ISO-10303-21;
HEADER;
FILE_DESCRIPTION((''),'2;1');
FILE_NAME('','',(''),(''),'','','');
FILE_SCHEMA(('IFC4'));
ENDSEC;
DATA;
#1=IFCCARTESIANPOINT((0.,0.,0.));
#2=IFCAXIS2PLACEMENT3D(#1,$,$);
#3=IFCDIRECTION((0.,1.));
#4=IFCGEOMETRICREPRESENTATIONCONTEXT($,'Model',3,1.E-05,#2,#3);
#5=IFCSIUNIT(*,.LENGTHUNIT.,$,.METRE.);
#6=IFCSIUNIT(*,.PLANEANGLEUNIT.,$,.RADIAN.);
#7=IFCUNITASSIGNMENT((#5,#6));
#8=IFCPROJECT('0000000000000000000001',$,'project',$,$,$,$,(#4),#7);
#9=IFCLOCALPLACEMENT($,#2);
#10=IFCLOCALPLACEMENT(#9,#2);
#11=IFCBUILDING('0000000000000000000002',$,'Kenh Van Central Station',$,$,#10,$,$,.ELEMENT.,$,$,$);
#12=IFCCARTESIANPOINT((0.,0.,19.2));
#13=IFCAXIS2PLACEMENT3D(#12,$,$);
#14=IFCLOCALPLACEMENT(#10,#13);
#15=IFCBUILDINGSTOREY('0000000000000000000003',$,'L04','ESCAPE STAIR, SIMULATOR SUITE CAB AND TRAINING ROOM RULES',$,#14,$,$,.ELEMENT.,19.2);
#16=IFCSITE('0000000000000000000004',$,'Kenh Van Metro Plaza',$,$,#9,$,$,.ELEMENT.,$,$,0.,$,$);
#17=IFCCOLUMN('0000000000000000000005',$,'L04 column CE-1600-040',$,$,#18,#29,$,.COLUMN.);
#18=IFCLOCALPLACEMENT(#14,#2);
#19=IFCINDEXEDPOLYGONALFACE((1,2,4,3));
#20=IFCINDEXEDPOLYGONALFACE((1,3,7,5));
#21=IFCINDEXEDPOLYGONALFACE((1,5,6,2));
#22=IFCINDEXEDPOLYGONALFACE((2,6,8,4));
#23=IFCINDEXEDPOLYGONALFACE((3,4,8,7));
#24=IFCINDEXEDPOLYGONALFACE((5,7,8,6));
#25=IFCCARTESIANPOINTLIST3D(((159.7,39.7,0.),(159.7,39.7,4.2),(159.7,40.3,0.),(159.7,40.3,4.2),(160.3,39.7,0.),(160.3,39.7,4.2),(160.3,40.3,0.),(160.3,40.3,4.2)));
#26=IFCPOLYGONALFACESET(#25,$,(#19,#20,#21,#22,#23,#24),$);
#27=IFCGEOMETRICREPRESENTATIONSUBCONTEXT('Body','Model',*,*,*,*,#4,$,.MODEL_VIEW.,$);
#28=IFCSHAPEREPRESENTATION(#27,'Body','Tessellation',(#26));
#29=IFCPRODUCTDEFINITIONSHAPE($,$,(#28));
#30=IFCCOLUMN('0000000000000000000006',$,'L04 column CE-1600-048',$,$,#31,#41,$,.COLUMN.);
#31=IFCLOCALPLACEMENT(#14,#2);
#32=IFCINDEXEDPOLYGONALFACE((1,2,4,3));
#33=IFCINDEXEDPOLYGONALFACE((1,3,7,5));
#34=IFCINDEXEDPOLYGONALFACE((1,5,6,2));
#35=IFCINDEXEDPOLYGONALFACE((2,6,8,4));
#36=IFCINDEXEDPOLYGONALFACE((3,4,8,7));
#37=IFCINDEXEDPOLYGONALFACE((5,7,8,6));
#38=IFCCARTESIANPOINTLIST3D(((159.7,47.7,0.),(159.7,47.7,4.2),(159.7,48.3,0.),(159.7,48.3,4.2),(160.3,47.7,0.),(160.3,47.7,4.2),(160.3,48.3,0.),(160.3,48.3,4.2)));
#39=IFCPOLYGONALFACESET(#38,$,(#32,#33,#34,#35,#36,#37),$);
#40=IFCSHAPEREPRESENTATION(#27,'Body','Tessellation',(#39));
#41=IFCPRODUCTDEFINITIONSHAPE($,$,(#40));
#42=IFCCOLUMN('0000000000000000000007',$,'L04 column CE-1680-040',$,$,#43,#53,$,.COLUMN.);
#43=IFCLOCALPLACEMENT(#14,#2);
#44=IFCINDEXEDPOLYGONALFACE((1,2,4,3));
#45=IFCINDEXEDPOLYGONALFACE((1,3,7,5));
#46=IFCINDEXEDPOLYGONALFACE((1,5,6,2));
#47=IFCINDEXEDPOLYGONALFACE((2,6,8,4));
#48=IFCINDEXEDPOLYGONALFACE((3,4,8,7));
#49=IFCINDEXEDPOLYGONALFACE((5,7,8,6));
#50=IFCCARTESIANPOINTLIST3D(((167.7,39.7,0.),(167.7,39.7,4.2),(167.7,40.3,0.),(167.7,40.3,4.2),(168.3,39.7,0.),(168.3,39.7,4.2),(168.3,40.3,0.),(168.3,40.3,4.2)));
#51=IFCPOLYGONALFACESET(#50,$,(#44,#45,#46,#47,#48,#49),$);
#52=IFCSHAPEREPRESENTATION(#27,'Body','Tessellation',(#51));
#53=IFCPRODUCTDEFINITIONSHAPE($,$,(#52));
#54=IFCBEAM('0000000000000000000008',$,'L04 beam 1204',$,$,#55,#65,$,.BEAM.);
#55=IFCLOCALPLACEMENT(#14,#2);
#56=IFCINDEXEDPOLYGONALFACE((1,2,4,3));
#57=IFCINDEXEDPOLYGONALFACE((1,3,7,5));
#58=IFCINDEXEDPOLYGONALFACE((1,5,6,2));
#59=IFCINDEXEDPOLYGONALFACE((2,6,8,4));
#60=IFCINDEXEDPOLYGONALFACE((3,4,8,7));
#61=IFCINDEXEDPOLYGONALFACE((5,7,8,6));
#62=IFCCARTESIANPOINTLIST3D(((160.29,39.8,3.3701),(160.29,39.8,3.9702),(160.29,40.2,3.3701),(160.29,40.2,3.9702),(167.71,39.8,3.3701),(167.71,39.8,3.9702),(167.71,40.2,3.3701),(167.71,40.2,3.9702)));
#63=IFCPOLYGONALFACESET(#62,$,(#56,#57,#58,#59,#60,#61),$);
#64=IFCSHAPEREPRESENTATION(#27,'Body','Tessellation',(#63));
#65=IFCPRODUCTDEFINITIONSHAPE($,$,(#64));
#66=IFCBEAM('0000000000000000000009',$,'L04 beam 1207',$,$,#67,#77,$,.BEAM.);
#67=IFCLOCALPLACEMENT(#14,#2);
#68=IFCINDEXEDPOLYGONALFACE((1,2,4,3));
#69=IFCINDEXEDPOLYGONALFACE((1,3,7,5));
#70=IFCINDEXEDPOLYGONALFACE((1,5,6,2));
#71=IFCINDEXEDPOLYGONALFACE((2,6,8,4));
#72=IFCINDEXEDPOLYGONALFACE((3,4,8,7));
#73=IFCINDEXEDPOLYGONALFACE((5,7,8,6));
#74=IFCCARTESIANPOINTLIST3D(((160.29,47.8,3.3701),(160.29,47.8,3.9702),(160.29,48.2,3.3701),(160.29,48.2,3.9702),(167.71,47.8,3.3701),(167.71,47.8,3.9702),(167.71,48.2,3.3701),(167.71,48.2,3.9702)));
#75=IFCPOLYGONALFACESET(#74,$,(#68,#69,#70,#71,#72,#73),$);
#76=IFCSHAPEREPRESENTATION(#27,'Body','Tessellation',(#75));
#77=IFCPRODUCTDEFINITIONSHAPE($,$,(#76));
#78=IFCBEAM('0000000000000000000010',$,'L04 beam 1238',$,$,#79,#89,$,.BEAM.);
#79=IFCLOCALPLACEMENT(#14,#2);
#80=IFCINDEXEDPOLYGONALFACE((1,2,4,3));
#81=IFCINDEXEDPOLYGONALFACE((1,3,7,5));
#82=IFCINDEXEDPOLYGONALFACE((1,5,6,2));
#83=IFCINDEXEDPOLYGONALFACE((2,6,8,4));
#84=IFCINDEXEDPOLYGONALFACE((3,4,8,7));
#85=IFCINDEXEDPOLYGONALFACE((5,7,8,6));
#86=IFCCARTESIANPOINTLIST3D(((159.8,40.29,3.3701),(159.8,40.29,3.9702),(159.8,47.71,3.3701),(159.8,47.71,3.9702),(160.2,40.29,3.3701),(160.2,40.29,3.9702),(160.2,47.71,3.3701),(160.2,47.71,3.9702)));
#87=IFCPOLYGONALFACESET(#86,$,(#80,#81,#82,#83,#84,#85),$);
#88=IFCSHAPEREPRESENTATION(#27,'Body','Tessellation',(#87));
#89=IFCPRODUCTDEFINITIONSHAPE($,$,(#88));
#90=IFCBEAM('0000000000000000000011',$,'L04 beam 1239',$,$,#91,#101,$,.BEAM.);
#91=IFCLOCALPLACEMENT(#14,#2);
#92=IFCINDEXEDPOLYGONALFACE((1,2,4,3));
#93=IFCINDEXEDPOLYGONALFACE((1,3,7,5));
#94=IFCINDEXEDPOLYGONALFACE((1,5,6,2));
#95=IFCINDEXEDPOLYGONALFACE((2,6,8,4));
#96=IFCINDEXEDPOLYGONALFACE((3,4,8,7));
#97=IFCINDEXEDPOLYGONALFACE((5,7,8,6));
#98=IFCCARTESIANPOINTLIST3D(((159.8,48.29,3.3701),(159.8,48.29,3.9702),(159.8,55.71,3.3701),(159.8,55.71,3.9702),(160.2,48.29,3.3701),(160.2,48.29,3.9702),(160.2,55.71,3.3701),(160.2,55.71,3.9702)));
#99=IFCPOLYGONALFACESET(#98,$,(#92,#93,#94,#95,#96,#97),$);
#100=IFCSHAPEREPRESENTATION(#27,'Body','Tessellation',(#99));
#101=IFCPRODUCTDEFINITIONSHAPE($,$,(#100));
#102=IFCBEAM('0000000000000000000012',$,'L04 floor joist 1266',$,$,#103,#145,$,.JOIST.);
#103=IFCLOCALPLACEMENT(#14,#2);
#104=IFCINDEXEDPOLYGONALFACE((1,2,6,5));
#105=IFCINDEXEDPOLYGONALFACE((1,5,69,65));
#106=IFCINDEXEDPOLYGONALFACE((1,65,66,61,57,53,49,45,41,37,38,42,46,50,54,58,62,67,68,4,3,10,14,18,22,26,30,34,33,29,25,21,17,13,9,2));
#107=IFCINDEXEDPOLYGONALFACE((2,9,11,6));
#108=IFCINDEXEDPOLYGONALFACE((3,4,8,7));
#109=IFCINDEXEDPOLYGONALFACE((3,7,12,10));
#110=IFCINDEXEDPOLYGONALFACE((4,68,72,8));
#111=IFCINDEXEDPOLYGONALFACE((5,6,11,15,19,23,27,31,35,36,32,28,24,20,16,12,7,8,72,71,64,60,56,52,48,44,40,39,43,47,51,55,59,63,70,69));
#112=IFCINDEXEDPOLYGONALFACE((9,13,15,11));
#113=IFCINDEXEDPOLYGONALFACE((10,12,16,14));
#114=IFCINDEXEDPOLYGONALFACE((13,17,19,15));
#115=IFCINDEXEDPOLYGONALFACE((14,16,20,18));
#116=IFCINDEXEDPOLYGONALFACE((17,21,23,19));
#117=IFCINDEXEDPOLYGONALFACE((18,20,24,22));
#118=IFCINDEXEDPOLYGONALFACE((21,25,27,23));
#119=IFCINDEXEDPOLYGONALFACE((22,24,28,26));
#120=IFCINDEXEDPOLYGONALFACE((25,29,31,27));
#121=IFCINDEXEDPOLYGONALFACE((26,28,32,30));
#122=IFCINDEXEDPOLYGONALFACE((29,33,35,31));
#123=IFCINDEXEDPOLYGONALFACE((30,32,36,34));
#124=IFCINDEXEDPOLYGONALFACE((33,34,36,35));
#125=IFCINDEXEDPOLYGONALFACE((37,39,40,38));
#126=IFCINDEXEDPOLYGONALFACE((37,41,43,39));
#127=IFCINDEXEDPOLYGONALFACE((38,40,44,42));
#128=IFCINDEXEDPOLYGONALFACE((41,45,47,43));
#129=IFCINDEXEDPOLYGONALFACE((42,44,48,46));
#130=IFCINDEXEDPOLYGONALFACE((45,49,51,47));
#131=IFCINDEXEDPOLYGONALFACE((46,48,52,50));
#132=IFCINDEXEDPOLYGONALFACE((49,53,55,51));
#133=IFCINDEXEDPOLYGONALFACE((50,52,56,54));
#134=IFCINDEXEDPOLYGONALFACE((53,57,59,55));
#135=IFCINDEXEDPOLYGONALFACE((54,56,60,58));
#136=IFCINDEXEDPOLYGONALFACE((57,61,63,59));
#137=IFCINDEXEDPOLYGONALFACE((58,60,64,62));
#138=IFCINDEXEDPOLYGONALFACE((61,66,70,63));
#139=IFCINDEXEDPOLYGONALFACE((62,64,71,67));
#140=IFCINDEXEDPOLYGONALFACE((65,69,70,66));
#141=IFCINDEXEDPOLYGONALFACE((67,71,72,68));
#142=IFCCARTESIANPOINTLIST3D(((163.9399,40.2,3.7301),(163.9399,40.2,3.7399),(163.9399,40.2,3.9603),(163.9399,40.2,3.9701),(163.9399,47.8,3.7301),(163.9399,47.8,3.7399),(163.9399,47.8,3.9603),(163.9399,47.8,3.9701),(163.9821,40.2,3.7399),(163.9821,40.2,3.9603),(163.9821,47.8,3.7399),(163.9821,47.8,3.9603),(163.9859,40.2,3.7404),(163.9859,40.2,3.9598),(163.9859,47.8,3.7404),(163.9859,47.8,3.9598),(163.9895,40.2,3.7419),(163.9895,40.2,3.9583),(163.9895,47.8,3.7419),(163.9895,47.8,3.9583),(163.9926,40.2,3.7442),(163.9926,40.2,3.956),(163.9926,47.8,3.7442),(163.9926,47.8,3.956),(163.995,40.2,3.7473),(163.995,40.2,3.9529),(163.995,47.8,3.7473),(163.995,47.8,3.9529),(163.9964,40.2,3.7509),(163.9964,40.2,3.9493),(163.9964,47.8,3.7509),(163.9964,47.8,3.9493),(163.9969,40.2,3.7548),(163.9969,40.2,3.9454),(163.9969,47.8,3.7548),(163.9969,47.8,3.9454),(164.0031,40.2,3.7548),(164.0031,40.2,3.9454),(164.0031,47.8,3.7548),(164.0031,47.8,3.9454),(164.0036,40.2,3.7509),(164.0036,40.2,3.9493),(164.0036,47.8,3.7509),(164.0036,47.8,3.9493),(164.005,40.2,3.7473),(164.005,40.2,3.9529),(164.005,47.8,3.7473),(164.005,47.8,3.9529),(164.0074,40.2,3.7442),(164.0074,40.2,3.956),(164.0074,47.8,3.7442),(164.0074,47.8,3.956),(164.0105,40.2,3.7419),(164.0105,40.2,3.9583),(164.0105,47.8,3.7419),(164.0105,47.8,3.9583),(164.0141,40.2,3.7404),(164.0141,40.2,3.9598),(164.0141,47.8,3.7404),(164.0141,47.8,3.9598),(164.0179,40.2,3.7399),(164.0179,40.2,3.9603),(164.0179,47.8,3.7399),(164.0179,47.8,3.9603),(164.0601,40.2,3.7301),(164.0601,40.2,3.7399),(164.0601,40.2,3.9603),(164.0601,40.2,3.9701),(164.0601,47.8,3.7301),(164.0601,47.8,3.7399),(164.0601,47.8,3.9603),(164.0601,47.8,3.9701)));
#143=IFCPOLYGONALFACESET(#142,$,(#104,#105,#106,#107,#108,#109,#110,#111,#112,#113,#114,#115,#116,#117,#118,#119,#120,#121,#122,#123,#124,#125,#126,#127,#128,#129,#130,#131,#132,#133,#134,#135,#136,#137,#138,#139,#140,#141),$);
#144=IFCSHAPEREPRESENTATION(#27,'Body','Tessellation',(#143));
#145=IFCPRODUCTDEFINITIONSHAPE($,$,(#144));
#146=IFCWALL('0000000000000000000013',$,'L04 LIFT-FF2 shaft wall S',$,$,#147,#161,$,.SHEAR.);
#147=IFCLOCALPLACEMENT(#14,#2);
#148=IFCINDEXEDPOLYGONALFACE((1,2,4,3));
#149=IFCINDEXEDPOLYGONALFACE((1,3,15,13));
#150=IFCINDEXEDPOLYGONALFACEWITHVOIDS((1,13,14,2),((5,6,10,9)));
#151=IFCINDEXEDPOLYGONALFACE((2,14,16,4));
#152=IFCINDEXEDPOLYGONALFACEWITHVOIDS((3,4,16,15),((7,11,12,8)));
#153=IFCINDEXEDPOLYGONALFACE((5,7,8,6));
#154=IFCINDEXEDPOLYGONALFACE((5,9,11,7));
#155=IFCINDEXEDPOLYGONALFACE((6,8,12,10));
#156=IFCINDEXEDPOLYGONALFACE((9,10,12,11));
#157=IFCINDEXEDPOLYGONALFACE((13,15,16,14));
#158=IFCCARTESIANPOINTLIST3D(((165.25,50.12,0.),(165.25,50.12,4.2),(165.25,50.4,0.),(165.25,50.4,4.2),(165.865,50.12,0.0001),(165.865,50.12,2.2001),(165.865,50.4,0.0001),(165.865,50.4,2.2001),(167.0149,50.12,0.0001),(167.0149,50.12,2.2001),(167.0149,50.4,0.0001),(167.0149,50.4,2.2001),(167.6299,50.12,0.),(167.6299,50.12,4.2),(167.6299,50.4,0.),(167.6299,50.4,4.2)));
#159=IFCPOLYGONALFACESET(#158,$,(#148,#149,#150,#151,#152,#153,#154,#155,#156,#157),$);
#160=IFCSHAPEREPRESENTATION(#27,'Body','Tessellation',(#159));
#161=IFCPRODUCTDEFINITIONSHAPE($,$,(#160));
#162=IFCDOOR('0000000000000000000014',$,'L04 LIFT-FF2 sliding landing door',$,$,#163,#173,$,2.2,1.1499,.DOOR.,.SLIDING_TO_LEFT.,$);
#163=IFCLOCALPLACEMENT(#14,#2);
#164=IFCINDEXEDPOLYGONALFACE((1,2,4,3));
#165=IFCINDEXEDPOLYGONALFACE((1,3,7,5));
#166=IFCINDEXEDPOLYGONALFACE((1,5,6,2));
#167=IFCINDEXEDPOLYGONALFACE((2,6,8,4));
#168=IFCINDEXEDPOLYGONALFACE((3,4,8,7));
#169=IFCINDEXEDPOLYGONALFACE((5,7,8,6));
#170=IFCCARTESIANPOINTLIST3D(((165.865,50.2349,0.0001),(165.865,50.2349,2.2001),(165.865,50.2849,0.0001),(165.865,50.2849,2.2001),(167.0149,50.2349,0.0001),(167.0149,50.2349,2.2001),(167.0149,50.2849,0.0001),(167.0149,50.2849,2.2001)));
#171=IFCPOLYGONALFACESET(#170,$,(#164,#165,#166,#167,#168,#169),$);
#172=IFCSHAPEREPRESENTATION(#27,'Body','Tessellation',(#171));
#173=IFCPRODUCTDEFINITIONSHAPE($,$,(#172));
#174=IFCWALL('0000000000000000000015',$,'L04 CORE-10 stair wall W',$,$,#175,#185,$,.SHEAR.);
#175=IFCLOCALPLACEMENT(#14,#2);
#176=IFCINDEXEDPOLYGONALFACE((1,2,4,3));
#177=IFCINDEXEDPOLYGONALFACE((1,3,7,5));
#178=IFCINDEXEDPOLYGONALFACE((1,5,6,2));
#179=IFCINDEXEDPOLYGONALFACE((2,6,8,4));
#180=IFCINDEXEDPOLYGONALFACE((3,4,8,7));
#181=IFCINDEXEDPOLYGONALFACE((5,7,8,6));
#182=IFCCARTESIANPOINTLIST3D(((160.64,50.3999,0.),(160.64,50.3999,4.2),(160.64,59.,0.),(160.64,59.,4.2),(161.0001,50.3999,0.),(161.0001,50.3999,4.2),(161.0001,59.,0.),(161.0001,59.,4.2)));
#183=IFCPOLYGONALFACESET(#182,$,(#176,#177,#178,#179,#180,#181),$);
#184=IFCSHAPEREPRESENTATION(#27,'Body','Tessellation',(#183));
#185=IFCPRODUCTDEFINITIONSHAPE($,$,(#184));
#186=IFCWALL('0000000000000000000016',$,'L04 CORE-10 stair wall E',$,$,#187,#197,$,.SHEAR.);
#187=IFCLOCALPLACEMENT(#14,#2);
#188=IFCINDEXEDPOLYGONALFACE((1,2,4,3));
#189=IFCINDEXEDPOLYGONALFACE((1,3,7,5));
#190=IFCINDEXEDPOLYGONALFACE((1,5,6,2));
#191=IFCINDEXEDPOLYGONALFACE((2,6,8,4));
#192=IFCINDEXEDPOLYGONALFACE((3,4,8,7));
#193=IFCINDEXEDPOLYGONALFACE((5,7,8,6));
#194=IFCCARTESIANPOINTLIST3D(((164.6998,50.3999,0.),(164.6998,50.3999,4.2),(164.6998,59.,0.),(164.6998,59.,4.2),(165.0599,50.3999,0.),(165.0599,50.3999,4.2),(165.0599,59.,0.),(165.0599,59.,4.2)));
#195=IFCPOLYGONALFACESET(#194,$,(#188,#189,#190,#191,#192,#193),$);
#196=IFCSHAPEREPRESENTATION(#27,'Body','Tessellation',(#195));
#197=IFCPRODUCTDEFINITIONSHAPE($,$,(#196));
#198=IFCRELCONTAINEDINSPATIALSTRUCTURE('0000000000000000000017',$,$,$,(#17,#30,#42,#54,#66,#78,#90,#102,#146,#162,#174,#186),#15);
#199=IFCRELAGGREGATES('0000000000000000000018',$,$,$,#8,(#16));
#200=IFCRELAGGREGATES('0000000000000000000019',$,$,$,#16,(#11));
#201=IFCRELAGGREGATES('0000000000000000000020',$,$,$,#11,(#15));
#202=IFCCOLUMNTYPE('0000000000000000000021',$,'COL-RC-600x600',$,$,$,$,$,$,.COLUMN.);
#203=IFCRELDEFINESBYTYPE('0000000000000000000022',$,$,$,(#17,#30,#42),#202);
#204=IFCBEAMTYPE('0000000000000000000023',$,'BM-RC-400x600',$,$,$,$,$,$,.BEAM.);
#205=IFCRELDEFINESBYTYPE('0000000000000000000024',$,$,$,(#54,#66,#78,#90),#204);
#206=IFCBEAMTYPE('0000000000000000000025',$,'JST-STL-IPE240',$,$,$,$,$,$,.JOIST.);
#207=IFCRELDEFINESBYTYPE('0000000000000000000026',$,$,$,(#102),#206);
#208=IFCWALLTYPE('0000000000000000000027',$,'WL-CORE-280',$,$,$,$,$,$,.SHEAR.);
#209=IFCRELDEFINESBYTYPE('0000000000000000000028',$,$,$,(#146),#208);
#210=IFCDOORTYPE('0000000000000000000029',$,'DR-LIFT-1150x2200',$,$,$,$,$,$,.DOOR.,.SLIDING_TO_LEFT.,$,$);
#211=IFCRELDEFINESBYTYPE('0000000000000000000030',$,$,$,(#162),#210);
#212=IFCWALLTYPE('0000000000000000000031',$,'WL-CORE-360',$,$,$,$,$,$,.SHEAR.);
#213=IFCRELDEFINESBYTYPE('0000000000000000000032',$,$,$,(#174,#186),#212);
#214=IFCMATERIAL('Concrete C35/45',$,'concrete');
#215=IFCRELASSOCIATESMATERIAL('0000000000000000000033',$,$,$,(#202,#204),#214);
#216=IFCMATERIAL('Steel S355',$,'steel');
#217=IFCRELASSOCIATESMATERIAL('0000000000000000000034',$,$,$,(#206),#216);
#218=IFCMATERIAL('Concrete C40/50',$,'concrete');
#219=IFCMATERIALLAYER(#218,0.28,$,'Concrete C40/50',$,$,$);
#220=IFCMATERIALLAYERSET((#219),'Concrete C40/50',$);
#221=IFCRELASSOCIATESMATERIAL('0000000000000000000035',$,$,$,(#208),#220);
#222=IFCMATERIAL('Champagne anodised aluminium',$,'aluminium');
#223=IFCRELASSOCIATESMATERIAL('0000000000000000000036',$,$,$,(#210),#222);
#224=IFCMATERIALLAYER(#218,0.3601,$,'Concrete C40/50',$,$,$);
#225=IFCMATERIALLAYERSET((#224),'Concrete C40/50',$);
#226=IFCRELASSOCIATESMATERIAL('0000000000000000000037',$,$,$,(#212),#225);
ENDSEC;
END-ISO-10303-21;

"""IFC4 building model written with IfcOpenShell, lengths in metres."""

from ifc_helpers import new_model, si_unit, direction, frame, frame_2d, origin, origin_2d, place, context, subcontext, project, spatial, rectangle, i_section, extrude, material, layer, layer_set, material_profile, profile_set, type_object, element, fill, save


model = new_model("IFC4")

# Units and contexts
model_context = context("Model", 3, precision=1e-05, world=origin(), true_north=direction((0.0, 1.0)))
body_context = subcontext(model_context, "Body", "Model", "MODEL_VIEW")
ifc_project = project(units=[si_unit("LENGTHUNIT", "METRE"), si_unit("PLANEANGLEUNIT", "RADIAN")], contexts=[model_context])

# Site, building, storey
site_placement = place(None, origin())
site = spatial("IfcSite", under=ifc_project, at=site_placement, Name="Kenh Van Metro Plaza", CompositionType="ELEMENT", RefElevation=0.0)
building_placement = place(site_placement, origin())
building = spatial("IfcBuilding", under=site, at=building_placement, Name="Kenh Van Central Station", CompositionType="ELEMENT")
storey_placement = place(building_placement, frame((0.0, 0.0, 19.2)))
storey = spatial("IfcBuildingStorey", under=building, at=storey_placement, Name="L04", Description="ESCAPE STAIR, SIMULATOR SUITE CAB AND TRAINING ROOM RULES", CompositionType="ELEMENT", Elevation=19.2)

# Columns
ifc_material_1 = material(Name="Concrete C35/45", Category="concrete")
ifc_material_profile_1 = material_profile(ifc_material_1, rectangle(XDim=0.6001, YDim=0.6001, at=origin_2d()), Name="RC 600x600")
ifc_profile_set_1 = profile_set([ifc_material_profile_1], Name="Concrete C35/45")
column_type = type_object("IfcColumnType", Name="COL-RC-600x600", PredefinedType="COLUMN", material=ifc_profile_set_1)
for number, where, z_axis, x_axis, name in (
    (1, (160.0, 40.0, 0.0), (0.0, 0.0, 1.0), (1.0, 0.0, 0.0), "L04 column CE-1600-040"),
    (2, (160.0, 48.0, 0.0), (0.0, 0.0, 1.0), (1.0, 0.0, 0.0), "L04 column CE-1600-048"),
    (3, (168.0, 40.0, 0.0), (0.0, 0.0, 1.0), (1.0, 0.0, 0.0), "L04 column CE-1680-040"),
):
    element("IfcColumn", number, at=place(storey_placement, frame(where, z_axis=z_axis, x_axis=x_axis)), inside=storey, type_object=column_type, Name=name, PredefinedType="COLUMN", context=body_context, shape_type="SweptSolid", body=[
        extrude(rectangle(XDim=0.6001, YDim=0.6001, at=origin_2d()), origin(), (0.0, 0.0, 1.0), 4.2),
    ])

# Beams
ifc_material_profile_2 = material_profile(ifc_material_1, rectangle(XDim=0.3999, YDim=0.6001, at=origin_2d()), Name="RC 400x600")
ifc_profile_set_2 = profile_set([ifc_material_profile_2], Name="Concrete C35/45")
beam_type_1 = type_object("IfcBeamType", Name="BM-RC-400x600", PredefinedType="BEAM", material=ifc_profile_set_2)
for number, where, z_axis, x_axis, name in (
    (4, (160.29, 40.0, 3.6702), (1.0, 0.0, 0.0), (0.0, 1.0, 0.0), "L04 beam 1204"),
    (5, (160.29, 48.0, 3.6702), (1.0, 0.0, 0.0), (0.0, 1.0, 0.0), "L04 beam 1207"),
    (6, (160.0, 40.29, 3.6702), (0.0, 1.0, 0.0), (-1.0, 0.0, 0.0), "L04 beam 1238"),
    (7, (160.0, 48.29, 3.6702), (0.0, 1.0, 0.0), (-1.0, 0.0, 0.0), "L04 beam 1239"),
):
    element("IfcBeam", number, at=place(storey_placement, frame(where, z_axis=z_axis, x_axis=x_axis)), inside=storey, type_object=beam_type_1, Name=name, PredefinedType="BEAM", context=body_context, shape_type="SweptSolid", body=[
        extrude(rectangle(XDim=0.3999, YDim=0.6001, at=origin_2d()), origin(), (0.0, 0.0, 1.0), 7.4199),
    ])
ifc_material_2 = material(Name="Steel S355", Category="steel")
ifc_material_profile_3 = material_profile(ifc_material_2, i_section(OverallWidth=0.1201, OverallDepth=0.24, WebThickness=0.0061, FlangeThickness=0.0098, FilletRadius=0.0149, at=origin_2d()), Name="IPE 240")
ifc_profile_set_3 = profile_set([ifc_material_profile_3], Name="Steel S355")
beam_type_2 = type_object("IfcBeamType", Name="JST-STL-IPE240", PredefinedType="JOIST", material=ifc_profile_set_3)
beam_placement = place(storey_placement, frame((164.0, 40.2, 3.8501), z_axis=(0.0, 1.0, 0.0), x_axis=(-1.0, 0.0, 0.0)))
element("IfcBeam", 8, at=beam_placement, inside=storey, type_object=beam_type_2, Name="L04 floor joist 1266", PredefinedType="JOIST", context=body_context, shape_type="SweptSolid", body=[
    extrude(i_section(OverallWidth=0.1201, OverallDepth=0.24, WebThickness=0.0061, FlangeThickness=0.0098, FilletRadius=0.0149, at=origin_2d()), origin(), (0.0, 0.0, 1.0), 7.6001),
])

# Wall, opening, door
ifc_material_3 = material(Name="Concrete C40/50", Category="concrete")
ifc_layer_1 = layer(ifc_material_3, 0.28, Name="Concrete C40/50")
ifc_layer_set_1 = layer_set([ifc_layer_1], Name="Concrete C40/50")
wall_type_1 = type_object("IfcWallType", Name="WL-CORE-280", PredefinedType="SHEAR", material=ifc_layer_set_1)
wall_1_placement = place(storey_placement, frame((165.25, 50.26, 0.0), z_axis=(0.0, 0.0, 1.0), x_axis=(1.0, 0.0, 0.0)))
wall_1 = element("IfcWall", 9, at=wall_1_placement, inside=storey, type_object=wall_type_1, Name="L04 LIFT-FF2 shaft wall S", PredefinedType="SHEAR", context=body_context, shape_type="SweptSolid", body=[
    extrude(rectangle(XDim=2.3799, YDim=0.28, at=frame_2d((1.1899, 0.0))), origin(), (0.0, 0.0, 1.0), 4.2),
])
opening_1_placement = place(wall_1_placement, frame((0.615, 0.0, 0.0)))
opening_1 = element("IfcOpeningElement", 10, at=opening_1_placement, cuts=wall_1, PredefinedType="OPENING", context=body_context, shape_type="SweptSolid", body=[
    extrude(rectangle(XDim=1.1499, YDim=2.2, at=frame_2d((0.575, 1.1001))), frame((0.0, 0.1499, 0.0), z_axis=(0.0, -1.0, 0.0), x_axis=(1.0, 0.0, 0.0)), (0.0, 0.0, 1.0), 0.3),
])
ifc_material_4 = material(Name="Champagne anodised aluminium", Category="aluminium")
door_type_1 = type_object("IfcDoorType", Name="DR-LIFT-1150x2200", OperationType="SLIDING_TO_LEFT", PredefinedType="DOOR", material=ifc_material_4)
door_1_placement = place(opening_1_placement, origin())
door_1 = element("IfcDoor", 11, at=door_1_placement, inside=storey, type_object=door_type_1, Name="L04 LIFT-FF2 sliding landing door", OperationType="SLIDING_TO_LEFT", OverallHeight=2.2, OverallWidth=1.1499, PredefinedType="DOOR", context=body_context, shape_type="SweptSolid", body=[
    extrude(rectangle(XDim=1.1499, YDim=2.2, at=frame_2d((0.575, 1.1001))), frame((0.0, 0.0249, 0.0), z_axis=(0.0, -1.0, 0.0), x_axis=(1.0, 0.0, 0.0)), (0.0, 0.0, 1.0), 0.05),
])
fill(opening_1, door_1)
ifc_layer_2 = layer(ifc_material_3, 0.3601, Name="Concrete C40/50")
ifc_layer_set_2 = layer_set([ifc_layer_2], Name="Concrete C40/50")
wall_type_2 = type_object("IfcWallType", Name="WL-CORE-360", PredefinedType="SHEAR", material=ifc_layer_set_2)

# Walls
for number, where, z_axis, x_axis, name in (
    (12, (160.8201, 50.3999, 0.0), (0.0, 0.0, 1.0), (0.0, 1.0, 0.0), "L04 CORE-10 stair wall W"),
    (13, (164.8799, 50.3999, 0.0), (0.0, 0.0, 1.0), (0.0, 1.0, 0.0), "L04 CORE-10 stair wall E"),
):
    element("IfcWall", number, at=place(storey_placement, frame(where, z_axis=z_axis, x_axis=x_axis)), inside=storey, type_object=wall_type_2, Name=name, PredefinedType="SHEAR", context=body_context, shape_type="SweptSolid", body=[
        extrude(rectangle(XDim=8.6001, YDim=0.3601, at=frame_2d((4.3, 0.0))), origin(), (0.0, 0.0, 1.0), 4.2),
    ])

save(model, "model.ifc")
